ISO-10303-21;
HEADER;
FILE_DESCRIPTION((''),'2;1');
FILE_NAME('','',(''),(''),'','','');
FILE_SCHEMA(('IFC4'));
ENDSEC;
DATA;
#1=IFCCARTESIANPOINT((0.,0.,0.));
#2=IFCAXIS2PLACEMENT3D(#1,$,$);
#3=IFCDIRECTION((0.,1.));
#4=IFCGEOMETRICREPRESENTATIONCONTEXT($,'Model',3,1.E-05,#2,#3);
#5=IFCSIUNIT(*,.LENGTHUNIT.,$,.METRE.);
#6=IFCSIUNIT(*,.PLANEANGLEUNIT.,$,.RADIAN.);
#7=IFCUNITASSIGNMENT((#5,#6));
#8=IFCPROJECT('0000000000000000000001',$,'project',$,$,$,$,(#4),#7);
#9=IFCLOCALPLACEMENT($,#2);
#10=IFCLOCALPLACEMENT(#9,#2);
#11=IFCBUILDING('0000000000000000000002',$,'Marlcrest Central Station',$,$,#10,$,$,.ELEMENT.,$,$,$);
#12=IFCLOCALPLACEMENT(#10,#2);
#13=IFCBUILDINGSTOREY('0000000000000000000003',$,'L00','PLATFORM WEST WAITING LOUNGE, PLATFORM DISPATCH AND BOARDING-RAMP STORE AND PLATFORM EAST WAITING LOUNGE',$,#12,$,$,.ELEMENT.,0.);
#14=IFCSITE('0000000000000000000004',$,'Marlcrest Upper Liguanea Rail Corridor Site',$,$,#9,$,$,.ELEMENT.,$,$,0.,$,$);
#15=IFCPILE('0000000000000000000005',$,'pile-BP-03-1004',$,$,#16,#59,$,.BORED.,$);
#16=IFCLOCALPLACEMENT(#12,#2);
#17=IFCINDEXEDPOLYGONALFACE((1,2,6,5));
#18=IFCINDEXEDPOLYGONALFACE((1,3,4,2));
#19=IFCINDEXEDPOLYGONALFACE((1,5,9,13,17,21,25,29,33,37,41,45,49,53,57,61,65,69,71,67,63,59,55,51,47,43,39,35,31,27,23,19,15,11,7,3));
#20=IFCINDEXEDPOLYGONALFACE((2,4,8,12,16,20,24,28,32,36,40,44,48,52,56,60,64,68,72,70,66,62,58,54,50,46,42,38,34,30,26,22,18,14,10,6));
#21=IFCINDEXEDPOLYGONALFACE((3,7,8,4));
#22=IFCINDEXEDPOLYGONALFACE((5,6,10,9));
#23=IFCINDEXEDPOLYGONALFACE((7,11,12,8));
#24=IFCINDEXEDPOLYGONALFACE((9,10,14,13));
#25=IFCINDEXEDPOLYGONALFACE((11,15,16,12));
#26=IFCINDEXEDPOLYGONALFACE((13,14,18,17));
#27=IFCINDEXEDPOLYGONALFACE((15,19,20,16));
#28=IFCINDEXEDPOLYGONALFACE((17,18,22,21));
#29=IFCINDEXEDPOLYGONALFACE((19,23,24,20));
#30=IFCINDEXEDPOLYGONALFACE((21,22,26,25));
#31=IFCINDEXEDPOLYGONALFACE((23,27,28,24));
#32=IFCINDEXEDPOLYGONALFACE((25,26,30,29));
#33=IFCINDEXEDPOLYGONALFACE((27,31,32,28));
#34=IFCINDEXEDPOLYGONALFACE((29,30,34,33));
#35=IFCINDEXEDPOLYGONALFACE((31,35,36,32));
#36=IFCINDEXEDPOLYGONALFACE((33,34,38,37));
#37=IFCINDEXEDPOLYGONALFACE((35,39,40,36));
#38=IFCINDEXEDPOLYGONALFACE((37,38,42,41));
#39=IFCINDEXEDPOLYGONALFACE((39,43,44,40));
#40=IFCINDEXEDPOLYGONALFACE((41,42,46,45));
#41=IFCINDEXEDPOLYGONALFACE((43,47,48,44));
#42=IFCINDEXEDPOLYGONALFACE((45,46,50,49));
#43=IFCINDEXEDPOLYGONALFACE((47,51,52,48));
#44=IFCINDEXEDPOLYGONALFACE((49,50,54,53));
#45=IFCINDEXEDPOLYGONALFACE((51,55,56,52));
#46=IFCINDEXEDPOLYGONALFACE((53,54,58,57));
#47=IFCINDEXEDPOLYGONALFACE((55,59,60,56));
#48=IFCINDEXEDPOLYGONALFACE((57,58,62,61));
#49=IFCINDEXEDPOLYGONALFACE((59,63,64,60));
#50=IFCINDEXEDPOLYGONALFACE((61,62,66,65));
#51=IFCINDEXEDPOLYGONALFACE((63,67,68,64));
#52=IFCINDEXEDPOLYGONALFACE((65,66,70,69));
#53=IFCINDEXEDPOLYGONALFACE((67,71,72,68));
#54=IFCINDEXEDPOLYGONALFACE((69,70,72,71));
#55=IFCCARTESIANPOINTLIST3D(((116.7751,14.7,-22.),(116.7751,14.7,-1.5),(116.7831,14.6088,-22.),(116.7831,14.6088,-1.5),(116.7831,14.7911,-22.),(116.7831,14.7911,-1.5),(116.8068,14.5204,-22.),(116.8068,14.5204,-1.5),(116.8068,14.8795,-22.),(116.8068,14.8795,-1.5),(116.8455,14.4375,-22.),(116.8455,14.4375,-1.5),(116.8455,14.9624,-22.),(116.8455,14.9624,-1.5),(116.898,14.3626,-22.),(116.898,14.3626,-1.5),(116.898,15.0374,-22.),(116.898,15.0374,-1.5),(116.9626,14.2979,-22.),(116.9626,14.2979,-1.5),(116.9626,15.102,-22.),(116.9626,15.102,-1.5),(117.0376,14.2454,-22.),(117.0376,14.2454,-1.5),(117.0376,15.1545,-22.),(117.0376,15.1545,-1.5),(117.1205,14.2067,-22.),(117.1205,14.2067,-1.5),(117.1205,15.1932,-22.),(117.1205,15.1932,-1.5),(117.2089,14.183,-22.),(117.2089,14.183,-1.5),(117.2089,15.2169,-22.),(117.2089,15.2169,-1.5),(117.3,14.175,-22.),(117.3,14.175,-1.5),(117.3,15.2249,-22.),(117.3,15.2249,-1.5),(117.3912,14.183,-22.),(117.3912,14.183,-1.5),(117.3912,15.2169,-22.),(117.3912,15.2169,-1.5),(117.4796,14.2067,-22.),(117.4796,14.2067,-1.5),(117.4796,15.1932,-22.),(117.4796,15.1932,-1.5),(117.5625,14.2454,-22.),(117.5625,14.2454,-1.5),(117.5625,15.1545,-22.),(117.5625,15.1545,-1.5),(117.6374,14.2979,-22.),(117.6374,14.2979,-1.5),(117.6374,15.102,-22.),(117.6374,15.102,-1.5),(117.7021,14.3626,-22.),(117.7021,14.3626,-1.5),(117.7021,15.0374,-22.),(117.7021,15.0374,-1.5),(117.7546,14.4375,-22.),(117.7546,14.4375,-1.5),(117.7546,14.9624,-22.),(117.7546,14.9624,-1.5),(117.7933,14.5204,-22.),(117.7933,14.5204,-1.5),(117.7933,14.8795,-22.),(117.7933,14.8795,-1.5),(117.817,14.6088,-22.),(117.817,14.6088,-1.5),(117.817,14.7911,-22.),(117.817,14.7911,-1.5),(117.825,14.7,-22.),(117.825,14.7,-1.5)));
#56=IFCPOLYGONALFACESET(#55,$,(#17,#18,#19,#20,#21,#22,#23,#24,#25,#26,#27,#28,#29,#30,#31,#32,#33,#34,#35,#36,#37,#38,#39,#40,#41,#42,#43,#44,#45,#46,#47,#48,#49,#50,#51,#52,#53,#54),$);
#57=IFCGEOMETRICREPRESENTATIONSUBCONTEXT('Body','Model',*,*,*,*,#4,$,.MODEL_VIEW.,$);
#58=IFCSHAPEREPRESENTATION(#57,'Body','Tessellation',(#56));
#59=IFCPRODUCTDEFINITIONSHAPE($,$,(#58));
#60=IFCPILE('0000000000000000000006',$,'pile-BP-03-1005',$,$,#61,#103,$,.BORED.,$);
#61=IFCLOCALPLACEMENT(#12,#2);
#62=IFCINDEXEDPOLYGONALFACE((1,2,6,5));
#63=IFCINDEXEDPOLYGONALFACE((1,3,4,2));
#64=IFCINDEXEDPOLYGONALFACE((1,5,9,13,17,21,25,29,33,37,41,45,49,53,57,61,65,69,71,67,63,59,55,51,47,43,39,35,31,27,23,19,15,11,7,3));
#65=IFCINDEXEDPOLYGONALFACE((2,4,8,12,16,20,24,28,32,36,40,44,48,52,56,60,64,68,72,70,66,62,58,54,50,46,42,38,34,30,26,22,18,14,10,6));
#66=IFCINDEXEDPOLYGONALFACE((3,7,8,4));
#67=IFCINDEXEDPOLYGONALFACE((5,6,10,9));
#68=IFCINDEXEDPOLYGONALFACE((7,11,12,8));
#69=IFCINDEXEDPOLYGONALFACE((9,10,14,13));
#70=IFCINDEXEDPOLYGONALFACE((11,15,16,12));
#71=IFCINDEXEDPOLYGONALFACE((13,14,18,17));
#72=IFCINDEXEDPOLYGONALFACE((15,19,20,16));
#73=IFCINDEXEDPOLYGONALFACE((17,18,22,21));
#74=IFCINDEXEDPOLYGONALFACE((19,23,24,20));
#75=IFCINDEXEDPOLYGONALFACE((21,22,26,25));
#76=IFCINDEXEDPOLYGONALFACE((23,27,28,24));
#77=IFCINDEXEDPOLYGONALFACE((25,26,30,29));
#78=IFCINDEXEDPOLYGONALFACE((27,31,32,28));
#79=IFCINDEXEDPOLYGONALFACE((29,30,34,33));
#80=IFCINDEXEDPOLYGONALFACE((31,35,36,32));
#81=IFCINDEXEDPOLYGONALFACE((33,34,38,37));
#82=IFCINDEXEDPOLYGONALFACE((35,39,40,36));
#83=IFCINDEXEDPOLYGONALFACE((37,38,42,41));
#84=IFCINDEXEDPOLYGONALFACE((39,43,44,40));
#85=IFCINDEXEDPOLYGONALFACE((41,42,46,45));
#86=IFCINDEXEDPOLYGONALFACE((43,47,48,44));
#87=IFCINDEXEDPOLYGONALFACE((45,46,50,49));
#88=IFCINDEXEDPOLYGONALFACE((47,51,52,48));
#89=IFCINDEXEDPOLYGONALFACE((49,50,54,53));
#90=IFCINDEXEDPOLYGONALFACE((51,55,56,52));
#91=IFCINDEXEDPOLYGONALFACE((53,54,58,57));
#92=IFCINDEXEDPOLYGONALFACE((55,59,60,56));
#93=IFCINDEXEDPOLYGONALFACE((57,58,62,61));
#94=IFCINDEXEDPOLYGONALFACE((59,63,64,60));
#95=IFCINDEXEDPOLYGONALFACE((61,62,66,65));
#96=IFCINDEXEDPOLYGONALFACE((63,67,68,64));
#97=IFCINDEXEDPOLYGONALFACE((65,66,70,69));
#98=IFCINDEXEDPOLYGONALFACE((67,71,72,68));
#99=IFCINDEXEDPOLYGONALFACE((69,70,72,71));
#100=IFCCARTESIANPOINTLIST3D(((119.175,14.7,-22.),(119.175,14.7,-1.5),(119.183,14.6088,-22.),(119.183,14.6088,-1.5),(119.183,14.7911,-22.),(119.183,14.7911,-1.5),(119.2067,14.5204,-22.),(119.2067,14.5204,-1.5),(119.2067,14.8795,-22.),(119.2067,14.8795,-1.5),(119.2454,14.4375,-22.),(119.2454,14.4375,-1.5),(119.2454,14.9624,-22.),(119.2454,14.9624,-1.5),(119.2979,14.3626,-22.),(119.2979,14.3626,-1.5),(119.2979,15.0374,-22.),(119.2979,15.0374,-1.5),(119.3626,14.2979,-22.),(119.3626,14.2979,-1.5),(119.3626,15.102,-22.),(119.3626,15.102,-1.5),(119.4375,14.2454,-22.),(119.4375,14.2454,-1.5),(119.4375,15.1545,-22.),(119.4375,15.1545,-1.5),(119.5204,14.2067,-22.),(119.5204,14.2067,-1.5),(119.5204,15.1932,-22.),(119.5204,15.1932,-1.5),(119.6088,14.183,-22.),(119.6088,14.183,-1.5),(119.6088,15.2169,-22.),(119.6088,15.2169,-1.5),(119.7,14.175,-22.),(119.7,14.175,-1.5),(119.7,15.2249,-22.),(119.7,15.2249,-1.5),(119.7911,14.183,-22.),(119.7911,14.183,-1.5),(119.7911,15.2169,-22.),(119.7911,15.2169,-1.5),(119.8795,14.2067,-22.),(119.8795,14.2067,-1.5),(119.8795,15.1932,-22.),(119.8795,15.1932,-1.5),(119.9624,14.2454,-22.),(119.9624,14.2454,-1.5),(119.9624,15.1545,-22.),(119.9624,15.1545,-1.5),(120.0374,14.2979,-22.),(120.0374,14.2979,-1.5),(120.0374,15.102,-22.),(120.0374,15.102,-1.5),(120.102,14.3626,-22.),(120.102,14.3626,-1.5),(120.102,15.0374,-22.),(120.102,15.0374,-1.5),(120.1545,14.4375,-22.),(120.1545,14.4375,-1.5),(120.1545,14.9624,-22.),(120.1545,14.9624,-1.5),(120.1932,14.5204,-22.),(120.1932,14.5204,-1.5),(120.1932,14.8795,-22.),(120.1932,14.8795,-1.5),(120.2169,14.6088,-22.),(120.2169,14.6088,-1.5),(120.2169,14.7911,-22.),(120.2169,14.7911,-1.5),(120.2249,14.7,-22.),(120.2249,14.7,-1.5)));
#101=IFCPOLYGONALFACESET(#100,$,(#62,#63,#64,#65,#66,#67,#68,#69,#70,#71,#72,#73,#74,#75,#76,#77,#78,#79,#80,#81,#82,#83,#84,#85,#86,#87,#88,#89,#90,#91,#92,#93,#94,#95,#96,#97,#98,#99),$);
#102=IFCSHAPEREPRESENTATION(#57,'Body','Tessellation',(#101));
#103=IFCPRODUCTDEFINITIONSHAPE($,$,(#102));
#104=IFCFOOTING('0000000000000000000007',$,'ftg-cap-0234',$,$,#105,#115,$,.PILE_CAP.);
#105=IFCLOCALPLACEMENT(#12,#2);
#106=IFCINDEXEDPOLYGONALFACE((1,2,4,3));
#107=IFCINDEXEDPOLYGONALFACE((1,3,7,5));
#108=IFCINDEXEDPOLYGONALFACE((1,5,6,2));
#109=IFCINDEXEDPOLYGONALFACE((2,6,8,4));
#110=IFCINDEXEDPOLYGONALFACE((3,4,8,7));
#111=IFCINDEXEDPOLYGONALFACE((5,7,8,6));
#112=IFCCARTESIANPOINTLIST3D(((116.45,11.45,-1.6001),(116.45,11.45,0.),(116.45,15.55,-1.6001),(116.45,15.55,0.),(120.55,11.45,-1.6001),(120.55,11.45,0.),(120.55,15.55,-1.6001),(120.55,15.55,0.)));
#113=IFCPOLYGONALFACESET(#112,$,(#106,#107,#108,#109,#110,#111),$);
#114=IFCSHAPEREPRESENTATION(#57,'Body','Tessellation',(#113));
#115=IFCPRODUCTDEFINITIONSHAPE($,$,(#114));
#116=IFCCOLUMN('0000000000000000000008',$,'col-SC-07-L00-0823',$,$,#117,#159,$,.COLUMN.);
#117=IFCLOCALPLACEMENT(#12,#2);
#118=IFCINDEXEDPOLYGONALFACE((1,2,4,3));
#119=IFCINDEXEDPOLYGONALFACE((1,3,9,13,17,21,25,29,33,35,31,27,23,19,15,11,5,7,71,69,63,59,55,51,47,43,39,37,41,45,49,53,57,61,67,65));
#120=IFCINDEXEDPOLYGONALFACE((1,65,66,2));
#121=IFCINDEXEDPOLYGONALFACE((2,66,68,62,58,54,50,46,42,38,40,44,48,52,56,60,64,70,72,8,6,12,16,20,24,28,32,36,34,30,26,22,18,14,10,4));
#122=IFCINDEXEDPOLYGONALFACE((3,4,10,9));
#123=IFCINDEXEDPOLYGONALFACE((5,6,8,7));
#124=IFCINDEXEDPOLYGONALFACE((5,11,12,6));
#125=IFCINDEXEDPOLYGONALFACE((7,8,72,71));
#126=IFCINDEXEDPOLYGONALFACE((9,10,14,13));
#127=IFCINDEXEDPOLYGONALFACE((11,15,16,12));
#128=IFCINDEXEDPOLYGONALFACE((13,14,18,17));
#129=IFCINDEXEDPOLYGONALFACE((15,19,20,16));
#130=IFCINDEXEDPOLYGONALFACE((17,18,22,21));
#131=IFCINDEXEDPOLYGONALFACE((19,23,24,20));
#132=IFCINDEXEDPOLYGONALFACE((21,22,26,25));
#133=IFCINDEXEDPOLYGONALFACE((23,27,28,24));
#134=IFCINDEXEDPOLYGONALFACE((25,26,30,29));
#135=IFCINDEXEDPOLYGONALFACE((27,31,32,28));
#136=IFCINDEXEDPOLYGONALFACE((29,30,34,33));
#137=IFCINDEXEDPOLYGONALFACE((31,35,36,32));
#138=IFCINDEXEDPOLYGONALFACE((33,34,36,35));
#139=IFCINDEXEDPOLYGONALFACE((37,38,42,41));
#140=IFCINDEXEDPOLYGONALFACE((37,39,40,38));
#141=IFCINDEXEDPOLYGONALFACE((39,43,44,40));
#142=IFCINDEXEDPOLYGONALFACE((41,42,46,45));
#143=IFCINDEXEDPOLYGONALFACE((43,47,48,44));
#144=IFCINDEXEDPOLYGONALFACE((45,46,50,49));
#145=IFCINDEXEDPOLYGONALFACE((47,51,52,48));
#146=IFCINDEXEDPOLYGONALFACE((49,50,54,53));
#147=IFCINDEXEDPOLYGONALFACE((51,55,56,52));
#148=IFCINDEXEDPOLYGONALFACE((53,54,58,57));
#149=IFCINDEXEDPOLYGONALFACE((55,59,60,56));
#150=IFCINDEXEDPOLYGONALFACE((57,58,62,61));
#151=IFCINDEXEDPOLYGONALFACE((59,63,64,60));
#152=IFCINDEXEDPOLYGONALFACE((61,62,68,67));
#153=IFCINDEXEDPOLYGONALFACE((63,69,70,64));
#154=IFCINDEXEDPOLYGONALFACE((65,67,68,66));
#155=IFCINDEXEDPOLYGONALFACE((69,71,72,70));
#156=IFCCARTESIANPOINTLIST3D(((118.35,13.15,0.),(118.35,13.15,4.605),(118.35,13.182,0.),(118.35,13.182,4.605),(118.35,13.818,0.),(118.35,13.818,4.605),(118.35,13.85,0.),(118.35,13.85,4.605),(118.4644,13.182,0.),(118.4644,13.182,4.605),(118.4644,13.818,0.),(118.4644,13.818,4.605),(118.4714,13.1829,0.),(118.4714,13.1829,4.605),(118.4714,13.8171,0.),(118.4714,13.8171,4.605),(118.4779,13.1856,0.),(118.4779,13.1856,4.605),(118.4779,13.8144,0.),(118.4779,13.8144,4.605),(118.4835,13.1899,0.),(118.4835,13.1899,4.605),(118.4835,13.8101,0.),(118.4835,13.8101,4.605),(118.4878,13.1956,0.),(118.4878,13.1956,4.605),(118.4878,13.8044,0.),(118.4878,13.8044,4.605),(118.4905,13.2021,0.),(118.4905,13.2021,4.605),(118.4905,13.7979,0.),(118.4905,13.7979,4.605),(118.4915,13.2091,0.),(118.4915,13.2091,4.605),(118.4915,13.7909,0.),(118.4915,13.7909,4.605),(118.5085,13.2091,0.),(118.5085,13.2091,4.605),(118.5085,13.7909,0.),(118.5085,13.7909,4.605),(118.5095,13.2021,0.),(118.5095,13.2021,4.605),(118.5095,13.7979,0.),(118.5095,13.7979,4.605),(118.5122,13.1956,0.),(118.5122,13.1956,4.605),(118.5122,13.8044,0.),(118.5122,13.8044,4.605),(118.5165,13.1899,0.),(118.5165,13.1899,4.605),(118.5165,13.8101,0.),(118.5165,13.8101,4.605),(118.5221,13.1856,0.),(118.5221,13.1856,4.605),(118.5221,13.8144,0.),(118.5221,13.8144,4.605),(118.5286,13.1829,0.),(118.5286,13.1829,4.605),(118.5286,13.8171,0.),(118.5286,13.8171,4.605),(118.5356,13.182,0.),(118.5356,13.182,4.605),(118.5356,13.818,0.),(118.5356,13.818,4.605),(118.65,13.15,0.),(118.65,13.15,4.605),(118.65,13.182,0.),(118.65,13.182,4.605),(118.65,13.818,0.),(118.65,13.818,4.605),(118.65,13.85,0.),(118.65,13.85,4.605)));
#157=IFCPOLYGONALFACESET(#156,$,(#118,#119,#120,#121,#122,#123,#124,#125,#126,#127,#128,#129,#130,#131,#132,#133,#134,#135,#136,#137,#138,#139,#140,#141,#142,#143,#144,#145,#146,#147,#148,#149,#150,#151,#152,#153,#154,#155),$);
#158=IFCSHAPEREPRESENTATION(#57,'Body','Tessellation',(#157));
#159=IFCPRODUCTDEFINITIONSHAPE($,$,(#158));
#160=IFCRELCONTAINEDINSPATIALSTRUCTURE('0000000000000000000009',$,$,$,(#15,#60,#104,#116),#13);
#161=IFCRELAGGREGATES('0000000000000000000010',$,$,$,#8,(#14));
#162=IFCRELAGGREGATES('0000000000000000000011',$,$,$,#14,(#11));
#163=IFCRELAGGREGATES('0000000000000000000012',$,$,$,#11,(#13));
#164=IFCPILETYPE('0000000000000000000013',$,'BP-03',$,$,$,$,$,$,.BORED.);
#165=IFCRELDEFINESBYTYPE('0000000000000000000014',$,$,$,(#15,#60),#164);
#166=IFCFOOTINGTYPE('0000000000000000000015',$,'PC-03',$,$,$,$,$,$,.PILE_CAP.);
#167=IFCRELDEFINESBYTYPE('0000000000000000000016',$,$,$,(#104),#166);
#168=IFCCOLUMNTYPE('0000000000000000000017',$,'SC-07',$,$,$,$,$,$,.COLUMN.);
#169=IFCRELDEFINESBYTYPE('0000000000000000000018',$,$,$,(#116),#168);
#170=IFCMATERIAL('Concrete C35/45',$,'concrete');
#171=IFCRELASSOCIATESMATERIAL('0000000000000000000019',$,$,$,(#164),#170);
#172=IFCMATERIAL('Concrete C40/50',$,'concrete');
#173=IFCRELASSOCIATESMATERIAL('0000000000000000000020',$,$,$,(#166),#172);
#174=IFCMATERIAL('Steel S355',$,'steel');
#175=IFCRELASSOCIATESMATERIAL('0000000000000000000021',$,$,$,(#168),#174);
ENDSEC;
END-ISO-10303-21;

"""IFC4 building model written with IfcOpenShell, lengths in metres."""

from ifc_helpers import new_model, si_unit, direction, frame, origin, origin_2d, place, context, subcontext, project, spatial, rectangle, circle, i_section, extrude, material, material_profile, profile_set, type_object, element, save


model = new_model("IFC4")

# Units and contexts
model_context = context("Model", 3, precision=1e-05, world=origin(), true_north=direction((0.0, 1.0)))
body_context = subcontext(model_context, "Body", "Model", "MODEL_VIEW")
ifc_project = project(units=[si_unit("LENGTHUNIT", "METRE"), si_unit("PLANEANGLEUNIT", "RADIAN")], contexts=[model_context])

# Site, building, storey
site_placement = place(None, origin())
site = spatial("IfcSite", under=ifc_project, at=site_placement, Name="Marlcrest Upper Liguanea Rail Corridor Site", CompositionType="ELEMENT", RefElevation=0.0)
building_placement = place(site_placement, origin())
building = spatial("IfcBuilding", under=site, at=building_placement, Name="Marlcrest Central Station", CompositionType="ELEMENT")
storey_placement = place(building_placement, origin())
storey = spatial("IfcBuildingStorey", under=building, at=storey_placement, Name="L00", Description="PLATFORM WEST WAITING LOUNGE, PLATFORM DISPATCH AND BOARDING-RAMP STORE AND PLATFORM EAST WAITING LOUNGE", CompositionType="ELEMENT", Elevation=0.0)

# Piles
ifc_material_1 = material(Name="Concrete C35/45", Category="concrete")
ifc_material_profile_1 = material_profile(ifc_material_1, circle(Radius=0.5249, at=origin_2d()), Name="PILE D1050")
ifc_profile_set_1 = profile_set([ifc_material_profile_1], Name="Concrete C35/45")
pile_type = type_object("IfcPileType", Name="BP-03", PredefinedType="BORED", material=ifc_profile_set_1)
for number, where, z_axis, x_axis, name in (
    (1, (117.3, 14.7, -1.5), (0.0, 0.0, -1.0), (1.0, 0.0, 0.0), "pile-BP-03-1004"),
    (2, (119.7, 14.7, -1.5), (0.0, 0.0, -1.0), (1.0, 0.0, 0.0), "pile-BP-03-1005"),
):
    element("IfcPile", number, at=place(storey_placement, frame(where, z_axis=z_axis, x_axis=x_axis)), inside=storey, type_object=pile_type, Name=name, PredefinedType="BORED", context=body_context, shape_type="SweptSolid", body=[
        extrude(circle(Radius=0.5249, at=origin_2d()), origin(), (0.0, 0.0, 1.0), 20.5),
    ])

# Footing
ifc_material_2 = material(Name="Concrete C40/50", Category="concrete")
footing_type = type_object("IfcFootingType", Name="PC-03", PredefinedType="PILE_CAP", material=ifc_material_2)
footing_placement = place(storey_placement, frame((118.5, 13.5, -1.6001), z_axis=(0.0, 0.0, 1.0), x_axis=(1.0, 0.0, 0.0)))
element("IfcFooting", 3, at=footing_placement, inside=storey, type_object=footing_type, Name="ftg-cap-0234", PredefinedType="PILE_CAP", context=body_context, shape_type="SweptSolid", body=[
    extrude(rectangle(XDim=4.1001, YDim=4.1001, at=origin_2d()), origin(), (0.0, 0.0, 1.0), 1.6001),
])

# Column
ifc_material_3 = material(Name="Steel S355", Category="steel")
ifc_material_profile_2 = material_profile(ifc_material_3, i_section(OverallWidth=0.3, OverallDepth=0.7, WebThickness=0.0171, FlangeThickness=0.032, FilletRadius=0.0271, at=origin_2d()), Name="HEB 700")
ifc_profile_set_2 = profile_set([ifc_material_profile_2], Name="Steel S355")
column_type_1 = type_object("IfcColumnType", Name="SC-07", PredefinedType="COLUMN", material=ifc_profile_set_2)
column_1_placement = place(storey_placement, frame((118.5, 13.5, 0.0), z_axis=(0.0, 0.0, 1.0), x_axis=(1.0, 0.0, 0.0)))
element("IfcColumn", 4, at=column_1_placement, inside=storey, type_object=column_type_1, Name="col-SC-07-L00-0823", PredefinedType="COLUMN", context=body_context, shape_type="SweptSolid", body=[
    extrude(i_section(OverallWidth=0.3, OverallDepth=0.7, WebThickness=0.0171, FlangeThickness=0.032, FilletRadius=0.0271, at=origin_2d()), origin(), (0.0, 0.0, 1.0), 4.605),
])

save(model, "model.ifc")
